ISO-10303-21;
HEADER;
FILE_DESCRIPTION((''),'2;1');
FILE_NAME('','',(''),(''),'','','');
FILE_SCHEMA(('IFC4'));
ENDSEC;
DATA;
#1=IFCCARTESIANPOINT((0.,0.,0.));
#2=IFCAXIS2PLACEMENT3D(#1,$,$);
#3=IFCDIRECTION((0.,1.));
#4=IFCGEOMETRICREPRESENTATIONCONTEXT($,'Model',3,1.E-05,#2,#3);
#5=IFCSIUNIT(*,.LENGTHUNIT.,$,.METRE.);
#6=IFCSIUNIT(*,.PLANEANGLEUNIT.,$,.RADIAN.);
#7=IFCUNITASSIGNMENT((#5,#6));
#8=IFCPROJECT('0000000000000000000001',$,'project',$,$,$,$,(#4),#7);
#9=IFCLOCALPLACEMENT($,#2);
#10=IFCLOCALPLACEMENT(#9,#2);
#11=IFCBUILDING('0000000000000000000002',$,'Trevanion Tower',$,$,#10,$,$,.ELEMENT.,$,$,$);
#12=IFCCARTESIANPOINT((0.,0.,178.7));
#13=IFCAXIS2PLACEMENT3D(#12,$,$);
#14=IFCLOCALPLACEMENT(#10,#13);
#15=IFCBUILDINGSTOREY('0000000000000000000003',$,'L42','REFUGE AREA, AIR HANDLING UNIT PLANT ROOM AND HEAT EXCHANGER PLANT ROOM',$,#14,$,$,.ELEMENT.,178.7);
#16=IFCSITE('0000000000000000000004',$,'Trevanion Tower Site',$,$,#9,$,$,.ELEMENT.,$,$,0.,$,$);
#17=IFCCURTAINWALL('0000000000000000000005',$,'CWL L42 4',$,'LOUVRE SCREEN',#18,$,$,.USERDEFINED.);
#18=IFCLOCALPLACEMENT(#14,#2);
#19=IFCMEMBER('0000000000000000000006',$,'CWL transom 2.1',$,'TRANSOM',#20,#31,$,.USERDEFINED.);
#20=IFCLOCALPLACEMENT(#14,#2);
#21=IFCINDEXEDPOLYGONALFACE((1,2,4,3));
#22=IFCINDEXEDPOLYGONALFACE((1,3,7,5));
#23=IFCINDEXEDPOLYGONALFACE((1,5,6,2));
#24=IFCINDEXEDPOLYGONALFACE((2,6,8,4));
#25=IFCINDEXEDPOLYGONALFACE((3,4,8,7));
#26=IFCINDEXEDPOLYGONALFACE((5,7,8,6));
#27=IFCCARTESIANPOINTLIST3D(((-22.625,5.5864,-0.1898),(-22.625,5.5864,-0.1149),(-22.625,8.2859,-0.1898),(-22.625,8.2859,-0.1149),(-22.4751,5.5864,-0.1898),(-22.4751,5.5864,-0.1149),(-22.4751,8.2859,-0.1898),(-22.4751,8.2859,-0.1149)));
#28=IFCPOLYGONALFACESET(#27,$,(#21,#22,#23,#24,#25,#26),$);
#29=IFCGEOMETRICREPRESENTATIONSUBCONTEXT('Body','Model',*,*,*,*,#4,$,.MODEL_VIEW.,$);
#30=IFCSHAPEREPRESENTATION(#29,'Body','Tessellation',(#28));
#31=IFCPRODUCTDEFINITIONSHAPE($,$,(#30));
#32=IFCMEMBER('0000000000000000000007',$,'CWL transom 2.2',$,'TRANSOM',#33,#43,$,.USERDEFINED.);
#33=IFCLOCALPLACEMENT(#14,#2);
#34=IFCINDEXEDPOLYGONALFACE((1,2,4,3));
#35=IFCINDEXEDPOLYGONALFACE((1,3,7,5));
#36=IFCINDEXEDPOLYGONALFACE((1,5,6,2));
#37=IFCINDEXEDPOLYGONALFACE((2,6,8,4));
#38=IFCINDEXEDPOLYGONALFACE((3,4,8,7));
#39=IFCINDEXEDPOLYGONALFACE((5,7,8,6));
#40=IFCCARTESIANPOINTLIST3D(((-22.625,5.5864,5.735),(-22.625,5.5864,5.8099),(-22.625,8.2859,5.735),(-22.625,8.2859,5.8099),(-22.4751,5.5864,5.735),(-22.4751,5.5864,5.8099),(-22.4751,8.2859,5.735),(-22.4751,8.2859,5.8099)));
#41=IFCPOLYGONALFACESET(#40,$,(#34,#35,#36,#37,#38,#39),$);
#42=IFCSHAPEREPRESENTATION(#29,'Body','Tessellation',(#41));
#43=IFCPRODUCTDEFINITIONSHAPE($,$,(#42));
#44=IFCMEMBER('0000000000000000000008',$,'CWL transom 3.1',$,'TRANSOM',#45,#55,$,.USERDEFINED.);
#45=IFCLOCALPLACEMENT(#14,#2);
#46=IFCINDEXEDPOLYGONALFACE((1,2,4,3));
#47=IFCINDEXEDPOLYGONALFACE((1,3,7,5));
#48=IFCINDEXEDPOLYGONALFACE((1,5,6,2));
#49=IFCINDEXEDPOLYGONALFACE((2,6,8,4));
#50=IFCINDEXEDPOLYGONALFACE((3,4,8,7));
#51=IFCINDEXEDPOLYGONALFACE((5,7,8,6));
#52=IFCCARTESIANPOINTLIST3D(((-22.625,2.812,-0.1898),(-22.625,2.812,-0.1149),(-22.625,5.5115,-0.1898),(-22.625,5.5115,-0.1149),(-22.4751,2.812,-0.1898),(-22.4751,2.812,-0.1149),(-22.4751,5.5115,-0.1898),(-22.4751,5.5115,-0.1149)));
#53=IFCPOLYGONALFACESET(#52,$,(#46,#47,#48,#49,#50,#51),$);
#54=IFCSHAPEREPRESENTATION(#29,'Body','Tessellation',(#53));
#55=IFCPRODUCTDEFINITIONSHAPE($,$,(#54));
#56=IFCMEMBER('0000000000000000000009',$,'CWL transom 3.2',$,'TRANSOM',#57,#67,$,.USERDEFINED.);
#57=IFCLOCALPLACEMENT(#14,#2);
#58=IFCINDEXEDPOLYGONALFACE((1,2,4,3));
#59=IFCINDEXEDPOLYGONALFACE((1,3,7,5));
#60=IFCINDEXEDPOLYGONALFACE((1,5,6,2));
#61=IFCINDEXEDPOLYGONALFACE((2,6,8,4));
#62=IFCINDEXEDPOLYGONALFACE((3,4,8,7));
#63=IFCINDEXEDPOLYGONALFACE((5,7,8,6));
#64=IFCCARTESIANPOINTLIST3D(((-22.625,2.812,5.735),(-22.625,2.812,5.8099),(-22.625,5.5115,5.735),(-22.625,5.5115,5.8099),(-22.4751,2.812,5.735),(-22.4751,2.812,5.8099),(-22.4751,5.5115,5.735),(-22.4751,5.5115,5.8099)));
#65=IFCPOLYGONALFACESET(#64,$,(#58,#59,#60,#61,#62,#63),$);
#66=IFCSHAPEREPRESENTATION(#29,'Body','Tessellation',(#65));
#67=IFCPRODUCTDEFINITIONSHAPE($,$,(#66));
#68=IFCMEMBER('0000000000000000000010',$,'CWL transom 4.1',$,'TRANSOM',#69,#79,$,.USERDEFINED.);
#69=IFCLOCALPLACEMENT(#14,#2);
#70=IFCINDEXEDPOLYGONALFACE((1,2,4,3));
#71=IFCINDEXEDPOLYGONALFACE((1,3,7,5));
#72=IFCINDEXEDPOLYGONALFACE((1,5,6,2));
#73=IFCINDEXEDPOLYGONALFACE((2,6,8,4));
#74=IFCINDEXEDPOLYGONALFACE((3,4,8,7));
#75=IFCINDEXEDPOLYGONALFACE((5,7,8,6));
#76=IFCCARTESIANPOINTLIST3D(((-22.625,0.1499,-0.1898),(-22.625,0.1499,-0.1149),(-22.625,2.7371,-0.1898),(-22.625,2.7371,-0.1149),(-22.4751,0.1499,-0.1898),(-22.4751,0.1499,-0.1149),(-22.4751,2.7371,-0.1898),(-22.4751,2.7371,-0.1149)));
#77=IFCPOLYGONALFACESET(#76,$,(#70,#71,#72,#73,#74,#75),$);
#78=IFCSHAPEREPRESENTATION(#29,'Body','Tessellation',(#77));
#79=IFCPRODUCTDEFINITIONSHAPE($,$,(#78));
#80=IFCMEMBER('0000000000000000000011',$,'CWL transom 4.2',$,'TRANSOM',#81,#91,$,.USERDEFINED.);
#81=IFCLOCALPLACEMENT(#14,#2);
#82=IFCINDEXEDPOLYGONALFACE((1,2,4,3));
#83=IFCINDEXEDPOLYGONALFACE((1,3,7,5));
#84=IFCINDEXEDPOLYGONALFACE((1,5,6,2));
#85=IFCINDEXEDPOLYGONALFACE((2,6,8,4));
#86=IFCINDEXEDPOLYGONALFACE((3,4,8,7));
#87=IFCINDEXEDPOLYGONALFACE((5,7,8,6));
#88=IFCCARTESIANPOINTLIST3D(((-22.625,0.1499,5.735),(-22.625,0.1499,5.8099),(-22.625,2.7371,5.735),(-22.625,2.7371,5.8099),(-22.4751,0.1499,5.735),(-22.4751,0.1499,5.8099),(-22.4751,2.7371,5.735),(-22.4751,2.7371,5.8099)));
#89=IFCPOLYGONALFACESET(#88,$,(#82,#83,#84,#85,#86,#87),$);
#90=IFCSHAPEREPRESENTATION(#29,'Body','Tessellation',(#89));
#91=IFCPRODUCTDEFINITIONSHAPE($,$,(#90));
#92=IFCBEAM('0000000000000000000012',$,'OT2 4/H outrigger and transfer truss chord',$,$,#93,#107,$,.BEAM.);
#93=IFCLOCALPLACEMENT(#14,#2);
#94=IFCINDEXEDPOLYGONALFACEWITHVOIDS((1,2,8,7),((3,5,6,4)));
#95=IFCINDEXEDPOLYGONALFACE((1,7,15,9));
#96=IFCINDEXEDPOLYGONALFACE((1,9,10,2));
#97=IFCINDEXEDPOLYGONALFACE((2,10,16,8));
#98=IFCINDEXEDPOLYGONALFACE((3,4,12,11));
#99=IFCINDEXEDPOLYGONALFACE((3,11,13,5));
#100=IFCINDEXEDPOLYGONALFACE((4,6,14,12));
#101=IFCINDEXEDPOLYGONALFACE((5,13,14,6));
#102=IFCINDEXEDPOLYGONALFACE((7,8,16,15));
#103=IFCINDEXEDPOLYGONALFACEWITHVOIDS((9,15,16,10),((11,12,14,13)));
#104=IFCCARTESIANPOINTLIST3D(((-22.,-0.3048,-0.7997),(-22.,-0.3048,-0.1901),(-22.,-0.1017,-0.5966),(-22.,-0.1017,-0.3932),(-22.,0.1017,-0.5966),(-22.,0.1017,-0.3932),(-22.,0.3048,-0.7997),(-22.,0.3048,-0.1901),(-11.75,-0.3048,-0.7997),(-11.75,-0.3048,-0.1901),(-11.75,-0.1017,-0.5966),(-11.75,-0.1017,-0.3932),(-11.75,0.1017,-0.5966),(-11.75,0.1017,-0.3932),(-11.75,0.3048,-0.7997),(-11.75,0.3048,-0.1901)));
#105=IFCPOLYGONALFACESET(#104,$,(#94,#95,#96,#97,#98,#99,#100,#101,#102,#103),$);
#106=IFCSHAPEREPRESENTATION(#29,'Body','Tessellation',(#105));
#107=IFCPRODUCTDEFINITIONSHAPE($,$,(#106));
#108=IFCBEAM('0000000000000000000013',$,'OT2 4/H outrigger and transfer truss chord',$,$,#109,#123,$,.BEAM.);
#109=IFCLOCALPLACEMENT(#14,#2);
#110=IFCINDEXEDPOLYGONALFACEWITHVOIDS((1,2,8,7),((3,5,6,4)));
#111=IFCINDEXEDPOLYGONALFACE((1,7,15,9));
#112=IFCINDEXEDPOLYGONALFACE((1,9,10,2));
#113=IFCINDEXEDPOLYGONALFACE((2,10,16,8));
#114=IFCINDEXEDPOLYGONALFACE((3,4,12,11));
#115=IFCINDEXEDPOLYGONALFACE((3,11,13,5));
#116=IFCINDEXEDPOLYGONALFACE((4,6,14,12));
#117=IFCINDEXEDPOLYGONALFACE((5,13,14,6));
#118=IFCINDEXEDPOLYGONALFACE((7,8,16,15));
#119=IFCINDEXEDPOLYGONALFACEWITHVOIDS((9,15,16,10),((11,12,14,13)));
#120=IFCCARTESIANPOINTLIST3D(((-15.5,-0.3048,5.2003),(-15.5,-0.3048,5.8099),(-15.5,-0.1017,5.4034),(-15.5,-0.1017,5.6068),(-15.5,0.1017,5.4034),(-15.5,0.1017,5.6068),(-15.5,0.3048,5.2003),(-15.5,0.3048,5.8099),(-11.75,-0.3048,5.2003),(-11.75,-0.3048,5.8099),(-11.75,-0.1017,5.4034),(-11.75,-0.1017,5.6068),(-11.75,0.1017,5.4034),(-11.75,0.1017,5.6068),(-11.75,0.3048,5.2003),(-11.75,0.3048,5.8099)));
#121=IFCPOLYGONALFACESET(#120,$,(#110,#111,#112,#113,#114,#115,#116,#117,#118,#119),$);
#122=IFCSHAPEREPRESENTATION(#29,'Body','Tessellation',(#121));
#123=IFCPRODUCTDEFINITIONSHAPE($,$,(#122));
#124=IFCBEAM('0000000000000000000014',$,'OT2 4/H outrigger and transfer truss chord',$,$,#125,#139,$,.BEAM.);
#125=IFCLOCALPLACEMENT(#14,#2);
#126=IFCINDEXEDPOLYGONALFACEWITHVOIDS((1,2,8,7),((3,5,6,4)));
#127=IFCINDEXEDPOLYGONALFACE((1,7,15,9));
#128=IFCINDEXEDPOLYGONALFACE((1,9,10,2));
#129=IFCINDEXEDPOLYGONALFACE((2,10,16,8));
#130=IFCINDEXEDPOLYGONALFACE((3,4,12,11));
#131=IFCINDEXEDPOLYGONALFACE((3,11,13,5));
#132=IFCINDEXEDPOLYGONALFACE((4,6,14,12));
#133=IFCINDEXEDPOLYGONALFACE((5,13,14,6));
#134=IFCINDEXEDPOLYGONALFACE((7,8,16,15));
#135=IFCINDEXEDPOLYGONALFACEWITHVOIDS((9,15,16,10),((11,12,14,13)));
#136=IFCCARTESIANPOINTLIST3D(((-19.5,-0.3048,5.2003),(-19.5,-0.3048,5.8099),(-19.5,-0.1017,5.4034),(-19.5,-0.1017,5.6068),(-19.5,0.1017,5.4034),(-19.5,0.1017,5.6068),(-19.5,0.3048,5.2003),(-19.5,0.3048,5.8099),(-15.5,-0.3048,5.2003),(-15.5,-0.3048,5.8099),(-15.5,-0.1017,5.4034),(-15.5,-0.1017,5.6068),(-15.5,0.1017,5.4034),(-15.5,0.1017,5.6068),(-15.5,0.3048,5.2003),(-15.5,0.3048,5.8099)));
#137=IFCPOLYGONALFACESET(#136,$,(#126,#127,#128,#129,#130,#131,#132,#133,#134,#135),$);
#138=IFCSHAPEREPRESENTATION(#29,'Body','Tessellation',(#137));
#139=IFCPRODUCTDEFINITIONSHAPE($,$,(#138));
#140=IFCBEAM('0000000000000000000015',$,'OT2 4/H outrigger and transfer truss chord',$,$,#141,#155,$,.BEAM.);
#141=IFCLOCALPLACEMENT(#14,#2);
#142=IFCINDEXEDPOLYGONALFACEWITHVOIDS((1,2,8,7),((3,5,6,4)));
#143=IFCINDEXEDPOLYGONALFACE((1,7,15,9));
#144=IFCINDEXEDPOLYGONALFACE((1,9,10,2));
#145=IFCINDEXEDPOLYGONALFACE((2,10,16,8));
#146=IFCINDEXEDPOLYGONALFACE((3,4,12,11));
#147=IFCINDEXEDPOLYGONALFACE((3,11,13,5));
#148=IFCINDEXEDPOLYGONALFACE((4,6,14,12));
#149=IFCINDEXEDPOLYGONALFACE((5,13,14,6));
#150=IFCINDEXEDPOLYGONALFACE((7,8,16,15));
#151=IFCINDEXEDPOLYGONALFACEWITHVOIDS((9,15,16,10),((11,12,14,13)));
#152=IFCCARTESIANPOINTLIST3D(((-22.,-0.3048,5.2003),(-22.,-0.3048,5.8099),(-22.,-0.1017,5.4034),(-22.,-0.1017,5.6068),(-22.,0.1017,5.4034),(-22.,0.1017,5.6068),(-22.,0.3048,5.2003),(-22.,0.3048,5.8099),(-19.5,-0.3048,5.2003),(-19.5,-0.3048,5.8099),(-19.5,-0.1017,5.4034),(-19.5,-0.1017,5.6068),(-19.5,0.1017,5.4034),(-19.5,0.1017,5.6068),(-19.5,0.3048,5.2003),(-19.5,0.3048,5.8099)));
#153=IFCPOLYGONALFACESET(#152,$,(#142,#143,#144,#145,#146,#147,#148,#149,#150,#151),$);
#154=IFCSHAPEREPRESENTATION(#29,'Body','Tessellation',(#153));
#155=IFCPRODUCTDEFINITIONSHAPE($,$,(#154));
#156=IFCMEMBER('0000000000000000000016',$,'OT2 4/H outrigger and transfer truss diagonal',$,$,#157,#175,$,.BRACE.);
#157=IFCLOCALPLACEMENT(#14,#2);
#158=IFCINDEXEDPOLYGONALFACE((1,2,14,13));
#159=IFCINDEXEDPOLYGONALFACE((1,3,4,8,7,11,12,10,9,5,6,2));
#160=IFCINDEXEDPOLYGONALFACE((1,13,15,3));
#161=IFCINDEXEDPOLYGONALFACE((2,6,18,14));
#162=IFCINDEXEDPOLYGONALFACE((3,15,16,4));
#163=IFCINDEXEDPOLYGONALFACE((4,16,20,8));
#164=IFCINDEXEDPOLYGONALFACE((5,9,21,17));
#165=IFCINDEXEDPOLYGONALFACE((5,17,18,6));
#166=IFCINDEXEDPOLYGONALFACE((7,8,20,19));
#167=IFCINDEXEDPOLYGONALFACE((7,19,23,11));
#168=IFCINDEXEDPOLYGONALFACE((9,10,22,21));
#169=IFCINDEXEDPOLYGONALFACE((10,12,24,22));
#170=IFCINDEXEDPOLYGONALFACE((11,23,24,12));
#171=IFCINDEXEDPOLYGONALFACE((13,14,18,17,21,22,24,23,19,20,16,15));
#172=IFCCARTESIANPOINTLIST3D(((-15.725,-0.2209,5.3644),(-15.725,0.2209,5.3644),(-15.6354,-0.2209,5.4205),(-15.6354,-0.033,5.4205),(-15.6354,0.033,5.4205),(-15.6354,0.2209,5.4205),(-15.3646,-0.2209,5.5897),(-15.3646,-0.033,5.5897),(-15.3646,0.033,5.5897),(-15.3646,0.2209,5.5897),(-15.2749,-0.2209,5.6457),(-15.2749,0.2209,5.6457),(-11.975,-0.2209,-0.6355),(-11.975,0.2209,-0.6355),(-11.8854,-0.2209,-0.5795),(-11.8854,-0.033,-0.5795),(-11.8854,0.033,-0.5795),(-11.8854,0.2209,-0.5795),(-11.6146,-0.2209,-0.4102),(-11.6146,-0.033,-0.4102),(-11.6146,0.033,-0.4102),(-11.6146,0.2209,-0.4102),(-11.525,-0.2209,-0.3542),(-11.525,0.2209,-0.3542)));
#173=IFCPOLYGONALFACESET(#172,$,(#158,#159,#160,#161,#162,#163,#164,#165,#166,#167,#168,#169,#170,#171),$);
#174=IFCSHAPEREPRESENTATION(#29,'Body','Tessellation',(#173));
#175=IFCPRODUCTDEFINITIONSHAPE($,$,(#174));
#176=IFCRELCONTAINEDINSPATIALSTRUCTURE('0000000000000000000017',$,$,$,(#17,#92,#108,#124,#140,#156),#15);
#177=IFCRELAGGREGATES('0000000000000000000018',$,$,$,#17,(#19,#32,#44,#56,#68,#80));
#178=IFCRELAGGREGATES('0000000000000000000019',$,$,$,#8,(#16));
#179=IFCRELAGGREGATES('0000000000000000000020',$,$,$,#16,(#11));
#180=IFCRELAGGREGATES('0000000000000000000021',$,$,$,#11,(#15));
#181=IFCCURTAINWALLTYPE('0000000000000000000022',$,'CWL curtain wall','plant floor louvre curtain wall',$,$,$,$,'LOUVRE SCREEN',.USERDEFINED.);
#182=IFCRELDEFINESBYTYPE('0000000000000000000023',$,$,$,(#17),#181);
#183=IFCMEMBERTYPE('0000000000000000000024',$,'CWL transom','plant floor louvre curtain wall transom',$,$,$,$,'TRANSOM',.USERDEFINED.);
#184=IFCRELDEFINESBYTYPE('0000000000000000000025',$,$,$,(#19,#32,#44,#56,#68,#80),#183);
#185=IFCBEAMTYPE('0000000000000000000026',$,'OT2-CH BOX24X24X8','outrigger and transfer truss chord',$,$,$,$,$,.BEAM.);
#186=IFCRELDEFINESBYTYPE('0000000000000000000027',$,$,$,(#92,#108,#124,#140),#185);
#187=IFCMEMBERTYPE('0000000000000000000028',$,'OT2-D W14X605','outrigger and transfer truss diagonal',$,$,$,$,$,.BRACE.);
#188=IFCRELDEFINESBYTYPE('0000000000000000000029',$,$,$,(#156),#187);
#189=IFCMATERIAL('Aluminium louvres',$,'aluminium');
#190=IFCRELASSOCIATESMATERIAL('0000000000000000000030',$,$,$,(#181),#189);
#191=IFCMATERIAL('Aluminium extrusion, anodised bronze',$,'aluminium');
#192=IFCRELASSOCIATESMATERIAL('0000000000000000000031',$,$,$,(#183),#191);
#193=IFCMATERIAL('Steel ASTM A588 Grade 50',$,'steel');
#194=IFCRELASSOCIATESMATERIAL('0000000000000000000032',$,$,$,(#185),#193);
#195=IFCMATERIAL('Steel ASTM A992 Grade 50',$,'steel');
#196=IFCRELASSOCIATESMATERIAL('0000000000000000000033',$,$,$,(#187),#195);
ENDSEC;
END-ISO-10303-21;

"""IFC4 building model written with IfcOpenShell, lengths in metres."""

from ifc_helpers import new_model, si_unit, direction, frame, origin, origin_2d, place, context, subcontext, project, spatial, rectangle, hollow_rectangle, i_section, extrude, material, material_profile, profile_set, type_object, element, aggregate, save


model = new_model("IFC4")

# Units and contexts
model_context = context("Model", 3, precision=1e-05, world=origin(), true_north=direction((0.0, 1.0)))
body_context = subcontext(model_context, "Body", "Model", "MODEL_VIEW")
ifc_project = project(units=[si_unit("LENGTHUNIT", "METRE"), si_unit("PLANEANGLEUNIT", "RADIAN")], contexts=[model_context])

# Site, building, storey
site_placement = place(None, origin())
site = spatial("IfcSite", under=ifc_project, at=site_placement, Name="Trevanion Tower Site", CompositionType="ELEMENT", RefElevation=0.0)
building_placement = place(site_placement, origin())
building = spatial("IfcBuilding", under=site, at=building_placement, Name="Trevanion Tower", CompositionType="ELEMENT")
storey_placement = place(building_placement, frame((0.0, 0.0, 178.7)))
storey = spatial("IfcBuildingStorey", under=building, at=storey_placement, Name="L42", Description="REFUGE AREA, AIR HANDLING UNIT PLANT ROOM AND HEAT EXCHANGER PLANT ROOM", CompositionType="ELEMENT", Elevation=178.7)

# Curtain wall, members
ifc_material_1 = material(Name="Aluminium louvres", Category="aluminium")
curtain_wall_type = type_object("IfcCurtainWallType", Name="CWL curtain wall", Description="plant floor louvre curtain wall", ElementType="LOUVRE SCREEN", PredefinedType="USERDEFINED", material=ifc_material_1)
curtain_wall_placement = place(storey_placement, origin())
curtain_wall = element("IfcCurtainWall", 1, at=curtain_wall_placement, inside=storey, type_object=curtain_wall_type, Name="CWL L42 4", ObjectType="LOUVRE SCREEN", PredefinedType="USERDEFINED")
ifc_material_2 = material(Name="Aluminium extrusion, anodised bronze", Category="aluminium")
ifc_material_profile_1 = material_profile(ifc_material_2, rectangle(XDim=0.1499, YDim=0.075, at=origin_2d()), Name="CWL transom")
ifc_profile_set_1 = profile_set([ifc_material_profile_1], Name="Aluminium extrusion, anodised bronze")
member_type_1 = type_object("IfcMemberType", Name="CWL transom", Description="plant floor louvre curtain wall transom", ElementType="TRANSOM", PredefinedType="USERDEFINED", material=ifc_profile_set_1)
member_1_placement = place(storey_placement, frame((-22.55, 8.2859, -0.1523), z_axis=(0.0, -1.0, 0.0), x_axis=(1.0, 0.0, 0.0)))
member_1 = element("IfcMember", 2, at=member_1_placement, type_object=member_type_1, Name="CWL transom 2.1", ObjectType="TRANSOM", PredefinedType="USERDEFINED", context=body_context, shape_type="SweptSolid", body=[
    extrude(rectangle(XDim=0.1499, YDim=0.075, at=origin_2d()), origin(), (0.0, 0.0, 1.0), 2.6995),
])
member_2_placement = place(storey_placement, frame((-22.55, 8.2859, 5.7725), z_axis=(0.0, -1.0, 0.0), x_axis=(1.0, 0.0, 0.0)))
member_2 = element("IfcMember", 3, at=member_2_placement, type_object=member_type_1, Name="CWL transom 2.2", ObjectType="TRANSOM", PredefinedType="USERDEFINED", context=body_context, shape_type="SweptSolid", body=[
    extrude(rectangle(XDim=0.1499, YDim=0.075, at=origin_2d()), origin(), (0.0, 0.0, 1.0), 2.6995),
])
member_3_placement = place(storey_placement, frame((-22.55, 5.5115, -0.1523), z_axis=(0.0, -1.0, 0.0), x_axis=(1.0, 0.0, 0.0)))
member_3 = element("IfcMember", 4, at=member_3_placement, type_object=member_type_1, Name="CWL transom 3.1", ObjectType="TRANSOM", PredefinedType="USERDEFINED", context=body_context, shape_type="SweptSolid", body=[
    extrude(rectangle(XDim=0.1499, YDim=0.075, at=origin_2d()), origin(), (0.0, 0.0, 1.0), 2.6995),
])
member_4_placement = place(storey_placement, frame((-22.55, 5.5115, 5.7725), z_axis=(0.0, -1.0, 0.0), x_axis=(1.0, 0.0, 0.0)))
member_4 = element("IfcMember", 5, at=member_4_placement, type_object=member_type_1, Name="CWL transom 3.2", ObjectType="TRANSOM", PredefinedType="USERDEFINED", context=body_context, shape_type="SweptSolid", body=[
    extrude(rectangle(XDim=0.1499, YDim=0.075, at=origin_2d()), origin(), (0.0, 0.0, 1.0), 2.6995),
])
member_5_placement = place(storey_placement, frame((-22.55, 2.7371, -0.1523), z_axis=(0.0, -1.0, 0.0), x_axis=(1.0, 0.0, 0.0)))
member_5 = element("IfcMember", 6, at=member_5_placement, type_object=member_type_1, Name="CWL transom 4.1", ObjectType="TRANSOM", PredefinedType="USERDEFINED", context=body_context, shape_type="SweptSolid", body=[
    extrude(rectangle(XDim=0.1499, YDim=0.075, at=origin_2d()), origin(), (0.0, 0.0, 1.0), 2.5872),
])
member_6_placement = place(storey_placement, frame((-22.55, 2.7371, 5.7725), z_axis=(0.0, -1.0, 0.0), x_axis=(1.0, 0.0, 0.0)))
member_6 = element("IfcMember", 7, at=member_6_placement, type_object=member_type_1, Name="CWL transom 4.2", ObjectType="TRANSOM", PredefinedType="USERDEFINED", context=body_context, shape_type="SweptSolid", body=[
    extrude(rectangle(XDim=0.1499, YDim=0.075, at=origin_2d()), origin(), (0.0, 0.0, 1.0), 2.5872),
])

# Beams
ifc_material_3 = material(Name="Steel ASTM A588 Grade 50", Category="steel")
ifc_material_profile_2 = material_profile(ifc_material_3, hollow_rectangle(XDim=0.6096, YDim=0.6096, WallThickness=0.2031, at=origin_2d()), Name="BOX24X24X8")
ifc_profile_set_2 = profile_set([ifc_material_profile_2], Name="Steel ASTM A588 Grade 50")
beam_type_1 = type_object("IfcBeamType", Name="OT2-CH BOX24X24X8", Description="outrigger and transfer truss chord", PredefinedType="BEAM", material=ifc_profile_set_2)
beam_1_placement = place(storey_placement, frame((-11.75, 0.0, -0.4949), z_axis=(-1.0, 0.0, 0.0), x_axis=(0.0, -1.0, 0.0)))
element("IfcBeam", 8, at=beam_1_placement, inside=storey, type_object=beam_type_1, Name="OT2 4/H outrigger and transfer truss chord", PredefinedType="BEAM", context=body_context, shape_type="SweptSolid", body=[
    extrude(hollow_rectangle(XDim=0.6096, YDim=0.6096, WallThickness=0.2031, at=origin_2d()), origin(), (0.0, 0.0, 1.0), 10.25),
])
beam_2_placement = place(storey_placement, frame((-11.75, 0.0, 5.5051), z_axis=(-1.0, 0.0, 0.0), x_axis=(0.0, -1.0, 0.0)))
element("IfcBeam", 9, at=beam_2_placement, inside=storey, type_object=beam_type_1, Name="OT2 4/H outrigger and transfer truss chord", PredefinedType="BEAM", context=body_context, shape_type="SweptSolid", body=[
    extrude(hollow_rectangle(XDim=0.6096, YDim=0.6096, WallThickness=0.2031, at=origin_2d()), origin(), (0.0, 0.0, 1.0), 3.75),
])
beam_3_placement = place(storey_placement, frame((-15.5, 0.0, 5.5051), z_axis=(-1.0, 0.0, 0.0), x_axis=(0.0, -1.0, 0.0)))
element("IfcBeam", 10, at=beam_3_placement, inside=storey, type_object=beam_type_1, Name="OT2 4/H outrigger and transfer truss chord", PredefinedType="BEAM", context=body_context, shape_type="SweptSolid", body=[
    extrude(hollow_rectangle(XDim=0.6096, YDim=0.6096, WallThickness=0.2031, at=origin_2d()), origin(), (0.0, 0.0, 1.0), 4.0),
])
beam_4_placement = place(storey_placement, frame((-19.5, 0.0, 5.5051), z_axis=(-1.0, 0.0, 0.0), x_axis=(0.0, -1.0, 0.0)))
element("IfcBeam", 11, at=beam_4_placement, inside=storey, type_object=beam_type_1, Name="OT2 4/H outrigger and transfer truss chord", PredefinedType="BEAM", context=body_context, shape_type="SweptSolid", body=[
    extrude(hollow_rectangle(XDim=0.6096, YDim=0.6096, WallThickness=0.2031, at=origin_2d()), origin(), (0.0, 0.0, 1.0), 2.5),
])

# Member
ifc_material_4 = material(Name="Steel ASTM A992 Grade 50", Category="steel")
ifc_material_profile_3 = material_profile(ifc_material_4, i_section(OverallWidth=0.4419, OverallDepth=0.5308, WebThickness=0.0659, FlangeThickness=0.1057, at=origin_2d()), Name="W14X605")
ifc_profile_set_3 = profile_set([ifc_material_profile_3], Name="Steel ASTM A992 Grade 50")
member_type_2 = type_object("IfcMemberType", Name="OT2-D W14X605", Description="outrigger and transfer truss diagonal", PredefinedType="BRACE", material=ifc_profile_set_3)
member_7_placement = place(storey_placement, frame((-11.75, 0.0, -0.4949), z_axis=(-0.529999, 0.0, 0.847998), x_axis=(0.0, -1.0, 0.0)))
element("IfcMember", 12, at=member_7_placement, inside=storey, type_object=member_type_2, Name="OT2 4/H outrigger and transfer truss diagonal", PredefinedType="BRACE", context=body_context, shape_type="SweptSolid", body=[
    extrude(i_section(OverallWidth=0.4419, OverallDepth=0.5308, WebThickness=0.0659, FlangeThickness=0.1057, at=origin_2d()), origin(), (0.0, 0.0, 1.0), 7.0754),
])

aggregate(curtain_wall, [member_1, member_2, member_3, member_4, member_5, member_6])

save(model, "model.ifc")
